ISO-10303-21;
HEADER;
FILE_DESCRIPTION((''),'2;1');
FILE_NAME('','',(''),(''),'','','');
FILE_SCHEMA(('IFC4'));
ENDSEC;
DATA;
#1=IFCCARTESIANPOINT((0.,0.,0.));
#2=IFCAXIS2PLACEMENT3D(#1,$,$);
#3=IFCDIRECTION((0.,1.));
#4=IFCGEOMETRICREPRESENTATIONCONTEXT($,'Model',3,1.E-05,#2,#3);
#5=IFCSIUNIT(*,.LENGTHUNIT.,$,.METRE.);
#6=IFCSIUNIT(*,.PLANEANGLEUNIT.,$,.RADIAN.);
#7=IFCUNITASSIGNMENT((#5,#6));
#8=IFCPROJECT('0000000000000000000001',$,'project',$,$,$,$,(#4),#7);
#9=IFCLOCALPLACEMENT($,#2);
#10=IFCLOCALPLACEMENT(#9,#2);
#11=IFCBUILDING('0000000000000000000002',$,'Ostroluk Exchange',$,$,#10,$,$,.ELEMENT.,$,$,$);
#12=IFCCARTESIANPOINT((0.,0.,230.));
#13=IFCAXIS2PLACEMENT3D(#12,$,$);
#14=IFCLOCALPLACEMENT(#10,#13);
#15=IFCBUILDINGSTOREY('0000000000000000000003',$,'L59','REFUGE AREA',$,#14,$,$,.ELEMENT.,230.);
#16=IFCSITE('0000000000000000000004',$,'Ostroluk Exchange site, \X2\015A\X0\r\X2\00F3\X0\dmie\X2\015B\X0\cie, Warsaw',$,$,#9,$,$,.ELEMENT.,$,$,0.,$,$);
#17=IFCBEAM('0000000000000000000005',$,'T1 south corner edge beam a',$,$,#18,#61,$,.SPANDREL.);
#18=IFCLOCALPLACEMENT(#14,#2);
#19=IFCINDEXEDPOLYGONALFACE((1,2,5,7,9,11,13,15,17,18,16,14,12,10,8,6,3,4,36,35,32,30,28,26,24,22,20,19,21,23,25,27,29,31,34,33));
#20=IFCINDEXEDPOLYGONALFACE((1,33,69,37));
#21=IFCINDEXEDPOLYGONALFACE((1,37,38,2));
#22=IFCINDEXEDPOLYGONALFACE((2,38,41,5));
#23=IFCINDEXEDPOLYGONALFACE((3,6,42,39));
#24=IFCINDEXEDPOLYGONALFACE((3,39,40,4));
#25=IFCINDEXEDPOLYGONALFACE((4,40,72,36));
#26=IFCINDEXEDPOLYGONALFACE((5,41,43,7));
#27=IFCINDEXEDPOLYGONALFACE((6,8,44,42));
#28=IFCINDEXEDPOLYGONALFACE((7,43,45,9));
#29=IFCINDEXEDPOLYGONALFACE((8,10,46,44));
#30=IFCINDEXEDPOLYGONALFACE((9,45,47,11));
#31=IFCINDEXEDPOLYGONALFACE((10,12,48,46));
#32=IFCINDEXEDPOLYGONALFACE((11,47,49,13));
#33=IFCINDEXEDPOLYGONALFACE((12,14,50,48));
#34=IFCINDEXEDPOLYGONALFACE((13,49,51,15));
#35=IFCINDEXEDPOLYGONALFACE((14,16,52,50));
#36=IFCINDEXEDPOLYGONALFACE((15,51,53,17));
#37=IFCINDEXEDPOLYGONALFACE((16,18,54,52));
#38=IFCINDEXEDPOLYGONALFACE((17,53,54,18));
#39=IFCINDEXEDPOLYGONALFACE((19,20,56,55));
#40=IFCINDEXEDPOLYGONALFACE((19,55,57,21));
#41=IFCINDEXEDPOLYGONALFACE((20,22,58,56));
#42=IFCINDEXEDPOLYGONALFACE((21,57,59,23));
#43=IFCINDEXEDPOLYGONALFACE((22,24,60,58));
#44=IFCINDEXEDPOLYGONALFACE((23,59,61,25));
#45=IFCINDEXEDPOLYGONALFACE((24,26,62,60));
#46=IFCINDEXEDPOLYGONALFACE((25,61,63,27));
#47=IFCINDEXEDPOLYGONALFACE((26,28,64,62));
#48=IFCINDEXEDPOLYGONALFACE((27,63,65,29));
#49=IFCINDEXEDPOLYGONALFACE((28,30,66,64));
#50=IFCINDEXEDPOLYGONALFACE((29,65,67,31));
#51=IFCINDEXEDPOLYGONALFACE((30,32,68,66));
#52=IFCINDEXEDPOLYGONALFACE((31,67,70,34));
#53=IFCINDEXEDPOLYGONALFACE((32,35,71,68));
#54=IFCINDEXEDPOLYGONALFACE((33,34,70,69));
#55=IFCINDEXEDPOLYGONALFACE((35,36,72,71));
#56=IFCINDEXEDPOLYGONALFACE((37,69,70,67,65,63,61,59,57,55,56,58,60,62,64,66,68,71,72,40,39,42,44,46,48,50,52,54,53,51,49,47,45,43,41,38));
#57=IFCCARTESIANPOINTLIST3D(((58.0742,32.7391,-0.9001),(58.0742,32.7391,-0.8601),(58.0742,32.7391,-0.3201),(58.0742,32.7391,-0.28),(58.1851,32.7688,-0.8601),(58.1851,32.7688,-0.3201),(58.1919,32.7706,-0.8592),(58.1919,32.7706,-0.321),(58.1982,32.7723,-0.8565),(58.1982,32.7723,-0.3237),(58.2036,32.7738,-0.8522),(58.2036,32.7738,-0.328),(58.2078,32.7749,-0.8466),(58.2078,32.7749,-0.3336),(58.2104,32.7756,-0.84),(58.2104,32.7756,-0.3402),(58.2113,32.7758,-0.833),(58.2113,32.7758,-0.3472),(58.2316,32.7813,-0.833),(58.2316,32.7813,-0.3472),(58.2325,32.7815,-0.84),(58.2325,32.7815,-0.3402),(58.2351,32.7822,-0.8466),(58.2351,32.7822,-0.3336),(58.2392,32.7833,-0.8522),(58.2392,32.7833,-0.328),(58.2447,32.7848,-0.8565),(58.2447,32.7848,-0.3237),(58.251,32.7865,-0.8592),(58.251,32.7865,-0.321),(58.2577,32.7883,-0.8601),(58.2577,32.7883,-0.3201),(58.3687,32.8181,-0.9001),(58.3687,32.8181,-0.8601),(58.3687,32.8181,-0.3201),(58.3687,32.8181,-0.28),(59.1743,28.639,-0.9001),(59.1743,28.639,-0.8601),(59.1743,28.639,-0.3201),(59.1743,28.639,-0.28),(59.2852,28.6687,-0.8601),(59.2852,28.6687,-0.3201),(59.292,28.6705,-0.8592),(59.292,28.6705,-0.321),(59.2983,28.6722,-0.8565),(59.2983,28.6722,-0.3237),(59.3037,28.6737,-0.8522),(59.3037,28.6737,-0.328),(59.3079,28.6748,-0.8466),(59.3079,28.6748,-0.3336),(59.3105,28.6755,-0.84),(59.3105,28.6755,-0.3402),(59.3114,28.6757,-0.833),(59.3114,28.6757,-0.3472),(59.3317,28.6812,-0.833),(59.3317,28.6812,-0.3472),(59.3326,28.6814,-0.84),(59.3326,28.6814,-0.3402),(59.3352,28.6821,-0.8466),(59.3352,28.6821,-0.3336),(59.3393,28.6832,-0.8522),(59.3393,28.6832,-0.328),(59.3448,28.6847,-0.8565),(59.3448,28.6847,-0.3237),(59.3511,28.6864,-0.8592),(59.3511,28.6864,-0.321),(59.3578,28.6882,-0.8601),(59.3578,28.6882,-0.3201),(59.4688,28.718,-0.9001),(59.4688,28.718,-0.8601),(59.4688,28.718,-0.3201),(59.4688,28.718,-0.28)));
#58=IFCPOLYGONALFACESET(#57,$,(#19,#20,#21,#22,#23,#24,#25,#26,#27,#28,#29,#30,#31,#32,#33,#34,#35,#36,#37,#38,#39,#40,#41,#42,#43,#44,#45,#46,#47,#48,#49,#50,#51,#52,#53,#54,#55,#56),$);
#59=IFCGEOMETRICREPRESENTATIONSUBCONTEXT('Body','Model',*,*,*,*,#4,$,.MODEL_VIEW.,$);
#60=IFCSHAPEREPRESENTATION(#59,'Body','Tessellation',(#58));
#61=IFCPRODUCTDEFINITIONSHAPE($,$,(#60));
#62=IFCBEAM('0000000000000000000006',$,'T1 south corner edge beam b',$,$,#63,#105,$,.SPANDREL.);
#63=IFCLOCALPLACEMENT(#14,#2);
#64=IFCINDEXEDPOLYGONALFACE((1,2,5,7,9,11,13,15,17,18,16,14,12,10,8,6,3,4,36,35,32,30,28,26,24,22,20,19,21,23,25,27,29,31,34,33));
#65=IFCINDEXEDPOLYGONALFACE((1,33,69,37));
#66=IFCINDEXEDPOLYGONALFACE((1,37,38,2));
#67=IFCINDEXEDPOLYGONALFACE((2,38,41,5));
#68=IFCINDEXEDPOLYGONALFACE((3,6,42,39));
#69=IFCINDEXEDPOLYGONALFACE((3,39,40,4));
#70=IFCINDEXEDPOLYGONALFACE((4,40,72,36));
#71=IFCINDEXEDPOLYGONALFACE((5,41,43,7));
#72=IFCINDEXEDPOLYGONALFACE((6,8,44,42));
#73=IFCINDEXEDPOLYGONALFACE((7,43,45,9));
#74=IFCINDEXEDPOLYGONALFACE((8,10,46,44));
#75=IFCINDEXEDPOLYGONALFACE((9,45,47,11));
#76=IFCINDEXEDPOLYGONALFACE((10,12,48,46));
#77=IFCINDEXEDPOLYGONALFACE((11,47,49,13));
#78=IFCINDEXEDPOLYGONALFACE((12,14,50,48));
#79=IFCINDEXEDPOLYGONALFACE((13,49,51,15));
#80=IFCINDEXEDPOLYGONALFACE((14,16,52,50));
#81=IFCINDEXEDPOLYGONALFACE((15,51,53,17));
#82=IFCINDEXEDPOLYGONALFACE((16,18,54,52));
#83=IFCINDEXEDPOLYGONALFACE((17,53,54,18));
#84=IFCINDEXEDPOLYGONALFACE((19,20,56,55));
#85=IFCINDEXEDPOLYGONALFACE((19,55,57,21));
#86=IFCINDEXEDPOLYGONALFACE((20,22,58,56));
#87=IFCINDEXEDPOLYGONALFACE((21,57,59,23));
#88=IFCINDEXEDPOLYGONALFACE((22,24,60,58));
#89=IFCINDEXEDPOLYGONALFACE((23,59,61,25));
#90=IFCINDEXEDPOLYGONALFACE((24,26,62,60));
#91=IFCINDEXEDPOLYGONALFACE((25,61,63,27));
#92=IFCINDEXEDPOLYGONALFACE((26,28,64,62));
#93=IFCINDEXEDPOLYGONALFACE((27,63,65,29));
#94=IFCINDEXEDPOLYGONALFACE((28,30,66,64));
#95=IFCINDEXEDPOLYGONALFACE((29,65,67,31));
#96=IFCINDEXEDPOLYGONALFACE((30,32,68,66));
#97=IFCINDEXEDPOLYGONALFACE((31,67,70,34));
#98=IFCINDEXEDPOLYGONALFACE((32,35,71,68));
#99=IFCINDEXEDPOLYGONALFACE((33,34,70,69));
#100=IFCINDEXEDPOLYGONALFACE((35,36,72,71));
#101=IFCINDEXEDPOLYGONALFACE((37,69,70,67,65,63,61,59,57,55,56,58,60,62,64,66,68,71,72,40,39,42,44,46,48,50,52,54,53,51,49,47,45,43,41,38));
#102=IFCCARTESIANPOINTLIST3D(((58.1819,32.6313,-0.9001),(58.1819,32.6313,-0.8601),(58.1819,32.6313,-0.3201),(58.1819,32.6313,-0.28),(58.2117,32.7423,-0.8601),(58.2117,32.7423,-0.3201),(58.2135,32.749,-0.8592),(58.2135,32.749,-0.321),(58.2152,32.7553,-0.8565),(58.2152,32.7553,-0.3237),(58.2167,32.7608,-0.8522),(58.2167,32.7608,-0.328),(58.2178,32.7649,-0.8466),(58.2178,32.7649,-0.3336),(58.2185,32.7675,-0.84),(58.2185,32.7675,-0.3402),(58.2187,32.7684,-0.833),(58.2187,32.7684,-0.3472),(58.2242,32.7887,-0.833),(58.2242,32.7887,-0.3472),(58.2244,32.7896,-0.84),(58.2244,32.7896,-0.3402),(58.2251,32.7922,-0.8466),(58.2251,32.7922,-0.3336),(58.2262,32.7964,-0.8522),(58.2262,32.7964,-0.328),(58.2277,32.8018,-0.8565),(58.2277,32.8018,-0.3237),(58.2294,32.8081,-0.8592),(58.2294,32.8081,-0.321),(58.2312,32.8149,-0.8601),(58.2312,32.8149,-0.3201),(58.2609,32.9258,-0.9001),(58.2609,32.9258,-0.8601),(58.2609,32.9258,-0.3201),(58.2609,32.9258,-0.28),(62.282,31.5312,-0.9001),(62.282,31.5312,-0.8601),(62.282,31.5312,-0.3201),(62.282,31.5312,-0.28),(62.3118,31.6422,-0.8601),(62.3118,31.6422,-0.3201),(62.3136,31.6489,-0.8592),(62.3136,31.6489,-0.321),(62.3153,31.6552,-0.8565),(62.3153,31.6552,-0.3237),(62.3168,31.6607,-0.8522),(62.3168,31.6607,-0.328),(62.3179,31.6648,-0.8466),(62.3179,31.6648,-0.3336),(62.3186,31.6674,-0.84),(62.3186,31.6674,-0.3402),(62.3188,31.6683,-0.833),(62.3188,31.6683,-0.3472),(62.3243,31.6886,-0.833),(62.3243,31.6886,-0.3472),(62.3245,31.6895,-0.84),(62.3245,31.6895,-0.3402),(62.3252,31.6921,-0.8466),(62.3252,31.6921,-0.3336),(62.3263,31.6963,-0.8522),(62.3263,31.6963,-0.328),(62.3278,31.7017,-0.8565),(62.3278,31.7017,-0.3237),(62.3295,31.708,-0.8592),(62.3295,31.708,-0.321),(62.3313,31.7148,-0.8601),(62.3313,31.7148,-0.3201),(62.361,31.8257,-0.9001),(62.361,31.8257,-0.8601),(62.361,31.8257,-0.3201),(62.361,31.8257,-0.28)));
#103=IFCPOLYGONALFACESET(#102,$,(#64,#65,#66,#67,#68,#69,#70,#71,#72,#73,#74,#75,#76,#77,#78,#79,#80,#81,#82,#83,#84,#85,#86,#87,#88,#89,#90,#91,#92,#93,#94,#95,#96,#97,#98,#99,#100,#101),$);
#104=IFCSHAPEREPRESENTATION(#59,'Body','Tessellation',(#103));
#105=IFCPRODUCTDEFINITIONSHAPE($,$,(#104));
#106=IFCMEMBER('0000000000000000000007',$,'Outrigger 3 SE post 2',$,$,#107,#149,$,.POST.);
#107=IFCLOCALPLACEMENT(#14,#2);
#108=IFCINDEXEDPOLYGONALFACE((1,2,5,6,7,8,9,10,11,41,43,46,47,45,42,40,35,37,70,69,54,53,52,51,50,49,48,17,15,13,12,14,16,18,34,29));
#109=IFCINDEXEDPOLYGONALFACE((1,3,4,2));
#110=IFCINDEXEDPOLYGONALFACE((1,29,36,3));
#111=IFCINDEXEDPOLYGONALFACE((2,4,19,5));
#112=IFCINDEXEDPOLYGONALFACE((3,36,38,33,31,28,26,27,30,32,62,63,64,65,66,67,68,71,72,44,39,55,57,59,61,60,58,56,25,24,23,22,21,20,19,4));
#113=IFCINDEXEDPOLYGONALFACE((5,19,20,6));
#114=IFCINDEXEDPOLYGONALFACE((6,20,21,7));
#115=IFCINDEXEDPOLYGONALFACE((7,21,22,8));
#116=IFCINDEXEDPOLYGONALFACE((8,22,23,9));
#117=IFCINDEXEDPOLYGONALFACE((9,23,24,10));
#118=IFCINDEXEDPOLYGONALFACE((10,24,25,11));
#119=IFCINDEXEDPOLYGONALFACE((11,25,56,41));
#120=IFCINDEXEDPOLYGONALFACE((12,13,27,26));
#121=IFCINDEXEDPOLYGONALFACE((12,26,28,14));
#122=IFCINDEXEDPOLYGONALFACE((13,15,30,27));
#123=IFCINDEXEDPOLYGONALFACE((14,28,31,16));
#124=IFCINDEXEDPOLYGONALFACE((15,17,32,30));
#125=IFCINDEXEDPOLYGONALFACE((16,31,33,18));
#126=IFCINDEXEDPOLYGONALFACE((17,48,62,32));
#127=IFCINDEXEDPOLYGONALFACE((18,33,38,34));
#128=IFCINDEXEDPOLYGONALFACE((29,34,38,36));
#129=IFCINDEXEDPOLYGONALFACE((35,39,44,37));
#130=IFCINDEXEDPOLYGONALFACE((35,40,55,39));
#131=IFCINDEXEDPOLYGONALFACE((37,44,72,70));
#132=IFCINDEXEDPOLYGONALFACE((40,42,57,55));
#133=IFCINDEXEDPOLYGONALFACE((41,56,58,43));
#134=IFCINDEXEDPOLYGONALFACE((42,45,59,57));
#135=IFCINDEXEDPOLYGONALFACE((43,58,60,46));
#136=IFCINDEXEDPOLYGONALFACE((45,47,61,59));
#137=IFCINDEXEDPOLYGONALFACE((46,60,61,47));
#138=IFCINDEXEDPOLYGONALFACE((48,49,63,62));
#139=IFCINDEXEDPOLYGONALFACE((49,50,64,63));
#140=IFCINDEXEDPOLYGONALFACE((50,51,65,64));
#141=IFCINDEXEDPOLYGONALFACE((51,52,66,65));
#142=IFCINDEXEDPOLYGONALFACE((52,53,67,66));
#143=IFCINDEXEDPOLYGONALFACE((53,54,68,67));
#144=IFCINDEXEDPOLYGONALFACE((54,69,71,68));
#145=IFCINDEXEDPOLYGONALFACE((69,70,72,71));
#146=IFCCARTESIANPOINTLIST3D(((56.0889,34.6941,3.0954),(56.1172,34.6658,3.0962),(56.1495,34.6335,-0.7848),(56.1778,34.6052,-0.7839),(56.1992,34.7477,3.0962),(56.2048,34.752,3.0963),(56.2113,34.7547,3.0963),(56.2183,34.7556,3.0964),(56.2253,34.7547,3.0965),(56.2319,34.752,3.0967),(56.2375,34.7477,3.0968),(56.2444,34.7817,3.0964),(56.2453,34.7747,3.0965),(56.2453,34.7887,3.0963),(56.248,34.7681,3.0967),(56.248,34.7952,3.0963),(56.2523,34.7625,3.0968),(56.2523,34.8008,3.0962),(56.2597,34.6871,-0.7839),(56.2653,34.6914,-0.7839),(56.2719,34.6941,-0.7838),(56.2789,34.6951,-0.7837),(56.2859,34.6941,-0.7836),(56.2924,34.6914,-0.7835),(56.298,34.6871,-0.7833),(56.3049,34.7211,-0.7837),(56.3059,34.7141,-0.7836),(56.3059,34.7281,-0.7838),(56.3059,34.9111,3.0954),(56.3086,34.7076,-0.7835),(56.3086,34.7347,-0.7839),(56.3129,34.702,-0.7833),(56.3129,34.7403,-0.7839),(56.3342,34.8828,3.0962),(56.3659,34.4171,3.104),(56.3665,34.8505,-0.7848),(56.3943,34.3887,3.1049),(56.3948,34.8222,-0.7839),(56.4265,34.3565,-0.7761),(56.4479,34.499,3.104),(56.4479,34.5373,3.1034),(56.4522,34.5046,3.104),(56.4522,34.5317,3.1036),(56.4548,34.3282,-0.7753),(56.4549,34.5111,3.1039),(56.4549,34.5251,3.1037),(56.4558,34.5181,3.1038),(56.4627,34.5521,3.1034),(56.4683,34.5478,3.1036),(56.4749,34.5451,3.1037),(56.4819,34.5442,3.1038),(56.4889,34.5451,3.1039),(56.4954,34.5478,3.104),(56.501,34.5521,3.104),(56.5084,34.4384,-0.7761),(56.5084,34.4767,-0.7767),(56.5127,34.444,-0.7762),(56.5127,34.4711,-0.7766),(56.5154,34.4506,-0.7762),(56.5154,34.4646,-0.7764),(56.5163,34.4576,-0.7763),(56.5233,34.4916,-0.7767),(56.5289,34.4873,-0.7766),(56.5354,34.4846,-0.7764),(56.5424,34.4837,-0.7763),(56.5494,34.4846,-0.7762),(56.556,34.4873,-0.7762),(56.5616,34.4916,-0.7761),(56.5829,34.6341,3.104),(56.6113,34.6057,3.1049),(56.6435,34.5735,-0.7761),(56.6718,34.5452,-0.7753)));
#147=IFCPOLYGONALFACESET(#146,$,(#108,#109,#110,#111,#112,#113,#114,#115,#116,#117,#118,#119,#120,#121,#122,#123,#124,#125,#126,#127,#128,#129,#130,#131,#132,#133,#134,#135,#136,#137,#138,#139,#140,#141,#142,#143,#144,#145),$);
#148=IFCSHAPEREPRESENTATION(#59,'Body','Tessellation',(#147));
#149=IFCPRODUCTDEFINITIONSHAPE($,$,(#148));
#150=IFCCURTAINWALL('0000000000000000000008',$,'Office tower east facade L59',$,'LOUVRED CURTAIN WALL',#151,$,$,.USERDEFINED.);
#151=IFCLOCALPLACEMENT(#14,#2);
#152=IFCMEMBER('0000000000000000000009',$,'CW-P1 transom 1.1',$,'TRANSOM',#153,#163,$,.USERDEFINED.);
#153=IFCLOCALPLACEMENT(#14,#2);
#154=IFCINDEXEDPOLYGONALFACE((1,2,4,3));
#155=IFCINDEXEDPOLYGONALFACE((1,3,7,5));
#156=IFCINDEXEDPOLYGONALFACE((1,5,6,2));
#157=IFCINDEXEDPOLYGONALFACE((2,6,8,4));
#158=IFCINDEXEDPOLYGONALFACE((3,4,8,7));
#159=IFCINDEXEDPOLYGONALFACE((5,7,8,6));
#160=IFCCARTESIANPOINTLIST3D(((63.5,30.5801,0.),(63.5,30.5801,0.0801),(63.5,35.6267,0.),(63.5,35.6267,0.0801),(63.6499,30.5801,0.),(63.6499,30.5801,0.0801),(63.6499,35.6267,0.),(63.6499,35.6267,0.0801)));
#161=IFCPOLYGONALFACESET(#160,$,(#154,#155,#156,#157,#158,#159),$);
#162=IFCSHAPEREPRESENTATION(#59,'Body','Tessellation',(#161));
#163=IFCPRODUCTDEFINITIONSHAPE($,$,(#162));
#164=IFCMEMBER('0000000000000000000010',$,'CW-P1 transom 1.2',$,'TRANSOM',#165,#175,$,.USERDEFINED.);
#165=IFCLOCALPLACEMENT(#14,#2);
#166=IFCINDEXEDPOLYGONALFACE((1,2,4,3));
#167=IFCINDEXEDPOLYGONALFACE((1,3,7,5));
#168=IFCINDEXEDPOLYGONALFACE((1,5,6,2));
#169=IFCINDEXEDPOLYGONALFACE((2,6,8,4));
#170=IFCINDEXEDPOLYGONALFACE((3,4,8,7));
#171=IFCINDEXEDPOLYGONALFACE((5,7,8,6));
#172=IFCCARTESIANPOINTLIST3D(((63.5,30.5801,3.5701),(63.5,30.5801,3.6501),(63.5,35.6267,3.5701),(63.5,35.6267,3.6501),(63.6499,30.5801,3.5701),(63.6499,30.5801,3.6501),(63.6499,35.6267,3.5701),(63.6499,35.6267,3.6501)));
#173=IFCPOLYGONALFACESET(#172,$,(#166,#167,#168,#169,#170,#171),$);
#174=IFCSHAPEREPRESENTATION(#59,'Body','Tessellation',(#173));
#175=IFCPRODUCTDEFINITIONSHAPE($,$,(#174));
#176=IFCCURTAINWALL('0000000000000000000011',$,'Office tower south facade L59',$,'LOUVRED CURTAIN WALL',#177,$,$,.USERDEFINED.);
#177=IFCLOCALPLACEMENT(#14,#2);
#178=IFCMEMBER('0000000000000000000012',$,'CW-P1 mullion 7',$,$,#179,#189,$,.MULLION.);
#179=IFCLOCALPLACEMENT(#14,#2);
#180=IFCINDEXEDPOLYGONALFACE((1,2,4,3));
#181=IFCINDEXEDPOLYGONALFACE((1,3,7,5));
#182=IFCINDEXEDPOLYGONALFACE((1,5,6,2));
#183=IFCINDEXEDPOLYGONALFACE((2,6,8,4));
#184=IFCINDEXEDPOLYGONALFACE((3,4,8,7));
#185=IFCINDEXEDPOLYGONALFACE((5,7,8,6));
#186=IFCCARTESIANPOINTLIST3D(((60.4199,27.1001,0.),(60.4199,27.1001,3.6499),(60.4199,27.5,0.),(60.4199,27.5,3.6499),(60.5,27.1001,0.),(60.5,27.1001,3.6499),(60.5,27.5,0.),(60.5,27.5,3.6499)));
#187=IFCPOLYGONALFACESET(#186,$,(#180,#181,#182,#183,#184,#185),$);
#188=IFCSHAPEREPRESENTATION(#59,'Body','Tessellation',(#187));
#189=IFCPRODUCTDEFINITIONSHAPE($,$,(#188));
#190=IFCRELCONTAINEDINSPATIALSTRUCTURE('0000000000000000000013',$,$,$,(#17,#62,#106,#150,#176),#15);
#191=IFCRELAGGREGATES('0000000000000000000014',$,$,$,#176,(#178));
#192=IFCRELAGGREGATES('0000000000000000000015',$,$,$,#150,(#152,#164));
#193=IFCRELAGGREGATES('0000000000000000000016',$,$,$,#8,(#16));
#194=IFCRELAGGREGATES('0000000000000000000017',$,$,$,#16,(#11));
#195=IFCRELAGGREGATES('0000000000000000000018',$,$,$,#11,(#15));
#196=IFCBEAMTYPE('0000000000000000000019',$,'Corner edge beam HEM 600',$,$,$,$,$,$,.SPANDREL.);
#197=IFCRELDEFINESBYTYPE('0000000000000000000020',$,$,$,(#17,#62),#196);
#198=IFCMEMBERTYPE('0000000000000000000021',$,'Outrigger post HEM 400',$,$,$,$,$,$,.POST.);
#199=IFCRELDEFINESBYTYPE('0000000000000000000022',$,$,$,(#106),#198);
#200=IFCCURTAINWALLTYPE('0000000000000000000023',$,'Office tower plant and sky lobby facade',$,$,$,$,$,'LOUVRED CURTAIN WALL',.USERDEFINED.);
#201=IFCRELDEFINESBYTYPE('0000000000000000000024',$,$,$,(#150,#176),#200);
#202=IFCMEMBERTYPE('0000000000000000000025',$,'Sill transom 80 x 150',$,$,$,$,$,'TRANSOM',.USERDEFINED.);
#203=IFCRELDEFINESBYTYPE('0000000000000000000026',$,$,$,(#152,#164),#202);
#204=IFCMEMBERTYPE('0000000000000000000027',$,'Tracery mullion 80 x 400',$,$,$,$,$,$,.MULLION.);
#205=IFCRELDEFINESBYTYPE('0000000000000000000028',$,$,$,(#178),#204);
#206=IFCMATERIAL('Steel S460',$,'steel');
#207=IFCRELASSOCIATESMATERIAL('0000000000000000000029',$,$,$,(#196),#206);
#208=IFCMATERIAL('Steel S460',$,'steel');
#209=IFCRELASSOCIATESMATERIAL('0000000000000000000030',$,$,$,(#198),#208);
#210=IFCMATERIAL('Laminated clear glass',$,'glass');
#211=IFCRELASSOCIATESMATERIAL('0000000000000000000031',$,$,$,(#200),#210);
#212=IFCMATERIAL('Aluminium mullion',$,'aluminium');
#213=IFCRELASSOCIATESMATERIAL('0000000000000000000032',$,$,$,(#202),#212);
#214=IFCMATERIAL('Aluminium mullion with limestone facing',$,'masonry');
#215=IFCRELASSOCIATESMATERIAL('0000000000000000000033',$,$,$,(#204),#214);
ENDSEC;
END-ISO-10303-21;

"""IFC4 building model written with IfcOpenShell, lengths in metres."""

from ifc_helpers import new_model, si_unit, direction, frame, origin, origin_2d, place, context, subcontext, project, spatial, rectangle, i_section, extrude, material, material_profile, profile_set, type_object, element, aggregate, save


model = new_model("IFC4")

# Units and contexts
model_context = context("Model", 3, precision=1e-05, world=origin(), true_north=direction((0.0, 1.0)))
body_context = subcontext(model_context, "Body", "Model", "MODEL_VIEW")
ifc_project = project(units=[si_unit("LENGTHUNIT", "METRE"), si_unit("PLANEANGLEUNIT", "RADIAN")], contexts=[model_context])

# Site, building, storey
site_placement = place(None, origin())
site = spatial("IfcSite", under=ifc_project, at=site_placement, Name="Ostroluk Exchange site, Śródmieście, Warsaw", CompositionType="ELEMENT", RefElevation=0.0)
building_placement = place(site_placement, origin())
building = spatial("IfcBuilding", under=site, at=building_placement, Name="Ostroluk Exchange", CompositionType="ELEMENT")
storey_placement = place(building_placement, frame((0.0, 0.0, 230.0)))
storey = spatial("IfcBuildingStorey", under=building, at=storey_placement, Name="L59", Description="REFUGE AREA", CompositionType="ELEMENT", Elevation=230.0)

# Beams
ifc_material_1 = material(Name="Steel S460", Category="steel")
ifc_material_profile_1 = material_profile(ifc_material_1, i_section(OverallWidth=0.3049, OverallDepth=0.6201, WebThickness=0.021, FlangeThickness=0.04, FilletRadius=0.0271, at=origin_2d()), Name="HEM 600")
ifc_profile_set_1 = profile_set([ifc_material_profile_1], Name="Steel S460")
beam_type = type_object("IfcBeamType", Name="Corner edge beam HEM 600", PredefinedType="SPANDREL", material=ifc_profile_set_1)
for number, where, z_axis, x_axis, name in (
    (1, (58.2214, 32.7786, -0.5901), (0.259144, -0.965839, 0.0), (0.965839, 0.259144, 0.0), "T1 south corner edge beam a"),
    (2, (58.2214, 32.7786, -0.5901), (0.965839, -0.259144, 0.0), (0.259144, 0.965839, 0.0), "T1 south corner edge beam b"),
):
    element("IfcBeam", number, at=place(storey_placement, frame(where, z_axis=z_axis, x_axis=x_axis)), inside=storey, type_object=beam_type, Name=name, PredefinedType="SPANDREL", context=body_context, shape_type="SweptSolid", body=[
        extrude(i_section(OverallWidth=0.3049, OverallDepth=0.6201, WebThickness=0.021, FlangeThickness=0.04, FilletRadius=0.0271, at=origin_2d()), origin(), (0.0, 0.0, 1.0), 4.2451),
    ])

# Member
ifc_material_2 = material(Name="Steel S460", Category="steel")
ifc_material_profile_2 = material_profile(ifc_material_2, i_section(OverallWidth=0.3069, OverallDepth=0.4319, WebThickness=0.021, FlangeThickness=0.04, FilletRadius=0.0271, at=origin_2d()), Name="HEM 400")
ifc_profile_set_2 = profile_set([ifc_material_profile_2], Name="Steel S460")
member_type_1 = type_object("IfcMemberType", Name="Outrigger post HEM 400", PredefinedType="POST", material=ifc_profile_set_2)
member_1_placement = place(storey_placement, frame((56.4106, 34.5894, -0.78), z_axis=(-0.015601, 0.015601, 0.999757), x_axis=(-0.707107, -0.707107, 0.0)))
element("IfcMember", 3, at=member_1_placement, inside=storey, type_object=member_type_1, Name="Outrigger 3 SE post 2", PredefinedType="POST", context=body_context, shape_type="SweptSolid", body=[
    extrude(i_section(OverallWidth=0.3069, OverallDepth=0.4319, WebThickness=0.021, FlangeThickness=0.04, FilletRadius=0.0271, at=origin_2d()), origin(), (0.0, 0.0, 1.0), 3.8811),
])

# Curtain wall, members
ifc_material_3 = material(Name="Laminated clear glass", Category="glass")
curtain_wall_type = type_object("IfcCurtainWallType", Name="Office tower plant and sky lobby facade", ElementType="LOUVRED CURTAIN WALL", PredefinedType="USERDEFINED", material=ifc_material_3)
curtain_wall_1_placement = place(storey_placement, origin())
curtain_wall_1 = element("IfcCurtainWall", 4, at=curtain_wall_1_placement, inside=storey, type_object=curtain_wall_type, Name="Office tower east facade L59", ObjectType="LOUVRED CURTAIN WALL", PredefinedType="USERDEFINED")
ifc_material_4 = material(Name="Aluminium mullion", Category="aluminium")
ifc_material_profile_3 = material_profile(ifc_material_4, rectangle(XDim=0.1499, YDim=0.0801, at=origin_2d()), Name="Sill transom 80 x 150")
ifc_profile_set_3 = profile_set([ifc_material_profile_3], Name="Aluminium mullion")
member_type_2 = type_object("IfcMemberType", Name="Sill transom 80 x 150", ElementType="TRANSOM", PredefinedType="USERDEFINED", material=ifc_profile_set_3)
member_2_placement = place(storey_placement, frame((63.575, 30.5801, 0.04), z_axis=(0.0, 1.0, 0.0), x_axis=(-1.0, 0.0, 0.0)))
member_2 = element("IfcMember", 5, at=member_2_placement, type_object=member_type_2, Name="CW-P1 transom 1.1", ObjectType="TRANSOM", PredefinedType="USERDEFINED", context=body_context, shape_type="SweptSolid", body=[
    extrude(rectangle(XDim=0.1499, YDim=0.0801, at=origin_2d()), origin(), (0.0, 0.0, 1.0), 5.0466),
])
member_3_placement = place(storey_placement, frame((63.575, 30.5801, 3.6101), z_axis=(0.0, 1.0, 0.0), x_axis=(-1.0, 0.0, 0.0)))
member_3 = element("IfcMember", 6, at=member_3_placement, type_object=member_type_2, Name="CW-P1 transom 1.2", ObjectType="TRANSOM", PredefinedType="USERDEFINED", context=body_context, shape_type="SweptSolid", body=[
    extrude(rectangle(XDim=0.1499, YDim=0.0801, at=origin_2d()), origin(), (0.0, 0.0, 1.0), 5.0466),
])

# Curtain wall, member
curtain_wall_2_placement = place(storey_placement, origin())
curtain_wall_2 = element("IfcCurtainWall", 7, at=curtain_wall_2_placement, inside=storey, type_object=curtain_wall_type, Name="Office tower south facade L59", ObjectType="LOUVRED CURTAIN WALL", PredefinedType="USERDEFINED")
ifc_material_5 = material(Name="Aluminium mullion with limestone facing", Category="masonry")
ifc_material_profile_4 = material_profile(ifc_material_5, rectangle(XDim=0.3999, YDim=0.0801, at=origin_2d()), Name="Tracery mullion 80 x 400")
ifc_profile_set_4 = profile_set([ifc_material_profile_4], Name="Aluminium mullion with limestone facing")
member_type_3 = type_object("IfcMemberType", Name="Tracery mullion 80 x 400", PredefinedType="MULLION", material=ifc_profile_set_4)
member_4_placement = place(storey_placement, frame((60.46, 27.3, 0.0), z_axis=(0.0, 0.0, 1.0), x_axis=(0.0, 1.0, 0.0)))
member_4 = element("IfcMember", 8, at=member_4_placement, type_object=member_type_3, Name="CW-P1 mullion 7", PredefinedType="MULLION", context=body_context, shape_type="SweptSolid", body=[
    extrude(rectangle(XDim=0.3999, YDim=0.0801, at=origin_2d()), origin(), (0.0, 0.0, 1.0), 3.6499),
])

aggregate(curtain_wall_2, [member_4])
aggregate(curtain_wall_1, [member_2, member_3])

save(model, "model.ifc")
